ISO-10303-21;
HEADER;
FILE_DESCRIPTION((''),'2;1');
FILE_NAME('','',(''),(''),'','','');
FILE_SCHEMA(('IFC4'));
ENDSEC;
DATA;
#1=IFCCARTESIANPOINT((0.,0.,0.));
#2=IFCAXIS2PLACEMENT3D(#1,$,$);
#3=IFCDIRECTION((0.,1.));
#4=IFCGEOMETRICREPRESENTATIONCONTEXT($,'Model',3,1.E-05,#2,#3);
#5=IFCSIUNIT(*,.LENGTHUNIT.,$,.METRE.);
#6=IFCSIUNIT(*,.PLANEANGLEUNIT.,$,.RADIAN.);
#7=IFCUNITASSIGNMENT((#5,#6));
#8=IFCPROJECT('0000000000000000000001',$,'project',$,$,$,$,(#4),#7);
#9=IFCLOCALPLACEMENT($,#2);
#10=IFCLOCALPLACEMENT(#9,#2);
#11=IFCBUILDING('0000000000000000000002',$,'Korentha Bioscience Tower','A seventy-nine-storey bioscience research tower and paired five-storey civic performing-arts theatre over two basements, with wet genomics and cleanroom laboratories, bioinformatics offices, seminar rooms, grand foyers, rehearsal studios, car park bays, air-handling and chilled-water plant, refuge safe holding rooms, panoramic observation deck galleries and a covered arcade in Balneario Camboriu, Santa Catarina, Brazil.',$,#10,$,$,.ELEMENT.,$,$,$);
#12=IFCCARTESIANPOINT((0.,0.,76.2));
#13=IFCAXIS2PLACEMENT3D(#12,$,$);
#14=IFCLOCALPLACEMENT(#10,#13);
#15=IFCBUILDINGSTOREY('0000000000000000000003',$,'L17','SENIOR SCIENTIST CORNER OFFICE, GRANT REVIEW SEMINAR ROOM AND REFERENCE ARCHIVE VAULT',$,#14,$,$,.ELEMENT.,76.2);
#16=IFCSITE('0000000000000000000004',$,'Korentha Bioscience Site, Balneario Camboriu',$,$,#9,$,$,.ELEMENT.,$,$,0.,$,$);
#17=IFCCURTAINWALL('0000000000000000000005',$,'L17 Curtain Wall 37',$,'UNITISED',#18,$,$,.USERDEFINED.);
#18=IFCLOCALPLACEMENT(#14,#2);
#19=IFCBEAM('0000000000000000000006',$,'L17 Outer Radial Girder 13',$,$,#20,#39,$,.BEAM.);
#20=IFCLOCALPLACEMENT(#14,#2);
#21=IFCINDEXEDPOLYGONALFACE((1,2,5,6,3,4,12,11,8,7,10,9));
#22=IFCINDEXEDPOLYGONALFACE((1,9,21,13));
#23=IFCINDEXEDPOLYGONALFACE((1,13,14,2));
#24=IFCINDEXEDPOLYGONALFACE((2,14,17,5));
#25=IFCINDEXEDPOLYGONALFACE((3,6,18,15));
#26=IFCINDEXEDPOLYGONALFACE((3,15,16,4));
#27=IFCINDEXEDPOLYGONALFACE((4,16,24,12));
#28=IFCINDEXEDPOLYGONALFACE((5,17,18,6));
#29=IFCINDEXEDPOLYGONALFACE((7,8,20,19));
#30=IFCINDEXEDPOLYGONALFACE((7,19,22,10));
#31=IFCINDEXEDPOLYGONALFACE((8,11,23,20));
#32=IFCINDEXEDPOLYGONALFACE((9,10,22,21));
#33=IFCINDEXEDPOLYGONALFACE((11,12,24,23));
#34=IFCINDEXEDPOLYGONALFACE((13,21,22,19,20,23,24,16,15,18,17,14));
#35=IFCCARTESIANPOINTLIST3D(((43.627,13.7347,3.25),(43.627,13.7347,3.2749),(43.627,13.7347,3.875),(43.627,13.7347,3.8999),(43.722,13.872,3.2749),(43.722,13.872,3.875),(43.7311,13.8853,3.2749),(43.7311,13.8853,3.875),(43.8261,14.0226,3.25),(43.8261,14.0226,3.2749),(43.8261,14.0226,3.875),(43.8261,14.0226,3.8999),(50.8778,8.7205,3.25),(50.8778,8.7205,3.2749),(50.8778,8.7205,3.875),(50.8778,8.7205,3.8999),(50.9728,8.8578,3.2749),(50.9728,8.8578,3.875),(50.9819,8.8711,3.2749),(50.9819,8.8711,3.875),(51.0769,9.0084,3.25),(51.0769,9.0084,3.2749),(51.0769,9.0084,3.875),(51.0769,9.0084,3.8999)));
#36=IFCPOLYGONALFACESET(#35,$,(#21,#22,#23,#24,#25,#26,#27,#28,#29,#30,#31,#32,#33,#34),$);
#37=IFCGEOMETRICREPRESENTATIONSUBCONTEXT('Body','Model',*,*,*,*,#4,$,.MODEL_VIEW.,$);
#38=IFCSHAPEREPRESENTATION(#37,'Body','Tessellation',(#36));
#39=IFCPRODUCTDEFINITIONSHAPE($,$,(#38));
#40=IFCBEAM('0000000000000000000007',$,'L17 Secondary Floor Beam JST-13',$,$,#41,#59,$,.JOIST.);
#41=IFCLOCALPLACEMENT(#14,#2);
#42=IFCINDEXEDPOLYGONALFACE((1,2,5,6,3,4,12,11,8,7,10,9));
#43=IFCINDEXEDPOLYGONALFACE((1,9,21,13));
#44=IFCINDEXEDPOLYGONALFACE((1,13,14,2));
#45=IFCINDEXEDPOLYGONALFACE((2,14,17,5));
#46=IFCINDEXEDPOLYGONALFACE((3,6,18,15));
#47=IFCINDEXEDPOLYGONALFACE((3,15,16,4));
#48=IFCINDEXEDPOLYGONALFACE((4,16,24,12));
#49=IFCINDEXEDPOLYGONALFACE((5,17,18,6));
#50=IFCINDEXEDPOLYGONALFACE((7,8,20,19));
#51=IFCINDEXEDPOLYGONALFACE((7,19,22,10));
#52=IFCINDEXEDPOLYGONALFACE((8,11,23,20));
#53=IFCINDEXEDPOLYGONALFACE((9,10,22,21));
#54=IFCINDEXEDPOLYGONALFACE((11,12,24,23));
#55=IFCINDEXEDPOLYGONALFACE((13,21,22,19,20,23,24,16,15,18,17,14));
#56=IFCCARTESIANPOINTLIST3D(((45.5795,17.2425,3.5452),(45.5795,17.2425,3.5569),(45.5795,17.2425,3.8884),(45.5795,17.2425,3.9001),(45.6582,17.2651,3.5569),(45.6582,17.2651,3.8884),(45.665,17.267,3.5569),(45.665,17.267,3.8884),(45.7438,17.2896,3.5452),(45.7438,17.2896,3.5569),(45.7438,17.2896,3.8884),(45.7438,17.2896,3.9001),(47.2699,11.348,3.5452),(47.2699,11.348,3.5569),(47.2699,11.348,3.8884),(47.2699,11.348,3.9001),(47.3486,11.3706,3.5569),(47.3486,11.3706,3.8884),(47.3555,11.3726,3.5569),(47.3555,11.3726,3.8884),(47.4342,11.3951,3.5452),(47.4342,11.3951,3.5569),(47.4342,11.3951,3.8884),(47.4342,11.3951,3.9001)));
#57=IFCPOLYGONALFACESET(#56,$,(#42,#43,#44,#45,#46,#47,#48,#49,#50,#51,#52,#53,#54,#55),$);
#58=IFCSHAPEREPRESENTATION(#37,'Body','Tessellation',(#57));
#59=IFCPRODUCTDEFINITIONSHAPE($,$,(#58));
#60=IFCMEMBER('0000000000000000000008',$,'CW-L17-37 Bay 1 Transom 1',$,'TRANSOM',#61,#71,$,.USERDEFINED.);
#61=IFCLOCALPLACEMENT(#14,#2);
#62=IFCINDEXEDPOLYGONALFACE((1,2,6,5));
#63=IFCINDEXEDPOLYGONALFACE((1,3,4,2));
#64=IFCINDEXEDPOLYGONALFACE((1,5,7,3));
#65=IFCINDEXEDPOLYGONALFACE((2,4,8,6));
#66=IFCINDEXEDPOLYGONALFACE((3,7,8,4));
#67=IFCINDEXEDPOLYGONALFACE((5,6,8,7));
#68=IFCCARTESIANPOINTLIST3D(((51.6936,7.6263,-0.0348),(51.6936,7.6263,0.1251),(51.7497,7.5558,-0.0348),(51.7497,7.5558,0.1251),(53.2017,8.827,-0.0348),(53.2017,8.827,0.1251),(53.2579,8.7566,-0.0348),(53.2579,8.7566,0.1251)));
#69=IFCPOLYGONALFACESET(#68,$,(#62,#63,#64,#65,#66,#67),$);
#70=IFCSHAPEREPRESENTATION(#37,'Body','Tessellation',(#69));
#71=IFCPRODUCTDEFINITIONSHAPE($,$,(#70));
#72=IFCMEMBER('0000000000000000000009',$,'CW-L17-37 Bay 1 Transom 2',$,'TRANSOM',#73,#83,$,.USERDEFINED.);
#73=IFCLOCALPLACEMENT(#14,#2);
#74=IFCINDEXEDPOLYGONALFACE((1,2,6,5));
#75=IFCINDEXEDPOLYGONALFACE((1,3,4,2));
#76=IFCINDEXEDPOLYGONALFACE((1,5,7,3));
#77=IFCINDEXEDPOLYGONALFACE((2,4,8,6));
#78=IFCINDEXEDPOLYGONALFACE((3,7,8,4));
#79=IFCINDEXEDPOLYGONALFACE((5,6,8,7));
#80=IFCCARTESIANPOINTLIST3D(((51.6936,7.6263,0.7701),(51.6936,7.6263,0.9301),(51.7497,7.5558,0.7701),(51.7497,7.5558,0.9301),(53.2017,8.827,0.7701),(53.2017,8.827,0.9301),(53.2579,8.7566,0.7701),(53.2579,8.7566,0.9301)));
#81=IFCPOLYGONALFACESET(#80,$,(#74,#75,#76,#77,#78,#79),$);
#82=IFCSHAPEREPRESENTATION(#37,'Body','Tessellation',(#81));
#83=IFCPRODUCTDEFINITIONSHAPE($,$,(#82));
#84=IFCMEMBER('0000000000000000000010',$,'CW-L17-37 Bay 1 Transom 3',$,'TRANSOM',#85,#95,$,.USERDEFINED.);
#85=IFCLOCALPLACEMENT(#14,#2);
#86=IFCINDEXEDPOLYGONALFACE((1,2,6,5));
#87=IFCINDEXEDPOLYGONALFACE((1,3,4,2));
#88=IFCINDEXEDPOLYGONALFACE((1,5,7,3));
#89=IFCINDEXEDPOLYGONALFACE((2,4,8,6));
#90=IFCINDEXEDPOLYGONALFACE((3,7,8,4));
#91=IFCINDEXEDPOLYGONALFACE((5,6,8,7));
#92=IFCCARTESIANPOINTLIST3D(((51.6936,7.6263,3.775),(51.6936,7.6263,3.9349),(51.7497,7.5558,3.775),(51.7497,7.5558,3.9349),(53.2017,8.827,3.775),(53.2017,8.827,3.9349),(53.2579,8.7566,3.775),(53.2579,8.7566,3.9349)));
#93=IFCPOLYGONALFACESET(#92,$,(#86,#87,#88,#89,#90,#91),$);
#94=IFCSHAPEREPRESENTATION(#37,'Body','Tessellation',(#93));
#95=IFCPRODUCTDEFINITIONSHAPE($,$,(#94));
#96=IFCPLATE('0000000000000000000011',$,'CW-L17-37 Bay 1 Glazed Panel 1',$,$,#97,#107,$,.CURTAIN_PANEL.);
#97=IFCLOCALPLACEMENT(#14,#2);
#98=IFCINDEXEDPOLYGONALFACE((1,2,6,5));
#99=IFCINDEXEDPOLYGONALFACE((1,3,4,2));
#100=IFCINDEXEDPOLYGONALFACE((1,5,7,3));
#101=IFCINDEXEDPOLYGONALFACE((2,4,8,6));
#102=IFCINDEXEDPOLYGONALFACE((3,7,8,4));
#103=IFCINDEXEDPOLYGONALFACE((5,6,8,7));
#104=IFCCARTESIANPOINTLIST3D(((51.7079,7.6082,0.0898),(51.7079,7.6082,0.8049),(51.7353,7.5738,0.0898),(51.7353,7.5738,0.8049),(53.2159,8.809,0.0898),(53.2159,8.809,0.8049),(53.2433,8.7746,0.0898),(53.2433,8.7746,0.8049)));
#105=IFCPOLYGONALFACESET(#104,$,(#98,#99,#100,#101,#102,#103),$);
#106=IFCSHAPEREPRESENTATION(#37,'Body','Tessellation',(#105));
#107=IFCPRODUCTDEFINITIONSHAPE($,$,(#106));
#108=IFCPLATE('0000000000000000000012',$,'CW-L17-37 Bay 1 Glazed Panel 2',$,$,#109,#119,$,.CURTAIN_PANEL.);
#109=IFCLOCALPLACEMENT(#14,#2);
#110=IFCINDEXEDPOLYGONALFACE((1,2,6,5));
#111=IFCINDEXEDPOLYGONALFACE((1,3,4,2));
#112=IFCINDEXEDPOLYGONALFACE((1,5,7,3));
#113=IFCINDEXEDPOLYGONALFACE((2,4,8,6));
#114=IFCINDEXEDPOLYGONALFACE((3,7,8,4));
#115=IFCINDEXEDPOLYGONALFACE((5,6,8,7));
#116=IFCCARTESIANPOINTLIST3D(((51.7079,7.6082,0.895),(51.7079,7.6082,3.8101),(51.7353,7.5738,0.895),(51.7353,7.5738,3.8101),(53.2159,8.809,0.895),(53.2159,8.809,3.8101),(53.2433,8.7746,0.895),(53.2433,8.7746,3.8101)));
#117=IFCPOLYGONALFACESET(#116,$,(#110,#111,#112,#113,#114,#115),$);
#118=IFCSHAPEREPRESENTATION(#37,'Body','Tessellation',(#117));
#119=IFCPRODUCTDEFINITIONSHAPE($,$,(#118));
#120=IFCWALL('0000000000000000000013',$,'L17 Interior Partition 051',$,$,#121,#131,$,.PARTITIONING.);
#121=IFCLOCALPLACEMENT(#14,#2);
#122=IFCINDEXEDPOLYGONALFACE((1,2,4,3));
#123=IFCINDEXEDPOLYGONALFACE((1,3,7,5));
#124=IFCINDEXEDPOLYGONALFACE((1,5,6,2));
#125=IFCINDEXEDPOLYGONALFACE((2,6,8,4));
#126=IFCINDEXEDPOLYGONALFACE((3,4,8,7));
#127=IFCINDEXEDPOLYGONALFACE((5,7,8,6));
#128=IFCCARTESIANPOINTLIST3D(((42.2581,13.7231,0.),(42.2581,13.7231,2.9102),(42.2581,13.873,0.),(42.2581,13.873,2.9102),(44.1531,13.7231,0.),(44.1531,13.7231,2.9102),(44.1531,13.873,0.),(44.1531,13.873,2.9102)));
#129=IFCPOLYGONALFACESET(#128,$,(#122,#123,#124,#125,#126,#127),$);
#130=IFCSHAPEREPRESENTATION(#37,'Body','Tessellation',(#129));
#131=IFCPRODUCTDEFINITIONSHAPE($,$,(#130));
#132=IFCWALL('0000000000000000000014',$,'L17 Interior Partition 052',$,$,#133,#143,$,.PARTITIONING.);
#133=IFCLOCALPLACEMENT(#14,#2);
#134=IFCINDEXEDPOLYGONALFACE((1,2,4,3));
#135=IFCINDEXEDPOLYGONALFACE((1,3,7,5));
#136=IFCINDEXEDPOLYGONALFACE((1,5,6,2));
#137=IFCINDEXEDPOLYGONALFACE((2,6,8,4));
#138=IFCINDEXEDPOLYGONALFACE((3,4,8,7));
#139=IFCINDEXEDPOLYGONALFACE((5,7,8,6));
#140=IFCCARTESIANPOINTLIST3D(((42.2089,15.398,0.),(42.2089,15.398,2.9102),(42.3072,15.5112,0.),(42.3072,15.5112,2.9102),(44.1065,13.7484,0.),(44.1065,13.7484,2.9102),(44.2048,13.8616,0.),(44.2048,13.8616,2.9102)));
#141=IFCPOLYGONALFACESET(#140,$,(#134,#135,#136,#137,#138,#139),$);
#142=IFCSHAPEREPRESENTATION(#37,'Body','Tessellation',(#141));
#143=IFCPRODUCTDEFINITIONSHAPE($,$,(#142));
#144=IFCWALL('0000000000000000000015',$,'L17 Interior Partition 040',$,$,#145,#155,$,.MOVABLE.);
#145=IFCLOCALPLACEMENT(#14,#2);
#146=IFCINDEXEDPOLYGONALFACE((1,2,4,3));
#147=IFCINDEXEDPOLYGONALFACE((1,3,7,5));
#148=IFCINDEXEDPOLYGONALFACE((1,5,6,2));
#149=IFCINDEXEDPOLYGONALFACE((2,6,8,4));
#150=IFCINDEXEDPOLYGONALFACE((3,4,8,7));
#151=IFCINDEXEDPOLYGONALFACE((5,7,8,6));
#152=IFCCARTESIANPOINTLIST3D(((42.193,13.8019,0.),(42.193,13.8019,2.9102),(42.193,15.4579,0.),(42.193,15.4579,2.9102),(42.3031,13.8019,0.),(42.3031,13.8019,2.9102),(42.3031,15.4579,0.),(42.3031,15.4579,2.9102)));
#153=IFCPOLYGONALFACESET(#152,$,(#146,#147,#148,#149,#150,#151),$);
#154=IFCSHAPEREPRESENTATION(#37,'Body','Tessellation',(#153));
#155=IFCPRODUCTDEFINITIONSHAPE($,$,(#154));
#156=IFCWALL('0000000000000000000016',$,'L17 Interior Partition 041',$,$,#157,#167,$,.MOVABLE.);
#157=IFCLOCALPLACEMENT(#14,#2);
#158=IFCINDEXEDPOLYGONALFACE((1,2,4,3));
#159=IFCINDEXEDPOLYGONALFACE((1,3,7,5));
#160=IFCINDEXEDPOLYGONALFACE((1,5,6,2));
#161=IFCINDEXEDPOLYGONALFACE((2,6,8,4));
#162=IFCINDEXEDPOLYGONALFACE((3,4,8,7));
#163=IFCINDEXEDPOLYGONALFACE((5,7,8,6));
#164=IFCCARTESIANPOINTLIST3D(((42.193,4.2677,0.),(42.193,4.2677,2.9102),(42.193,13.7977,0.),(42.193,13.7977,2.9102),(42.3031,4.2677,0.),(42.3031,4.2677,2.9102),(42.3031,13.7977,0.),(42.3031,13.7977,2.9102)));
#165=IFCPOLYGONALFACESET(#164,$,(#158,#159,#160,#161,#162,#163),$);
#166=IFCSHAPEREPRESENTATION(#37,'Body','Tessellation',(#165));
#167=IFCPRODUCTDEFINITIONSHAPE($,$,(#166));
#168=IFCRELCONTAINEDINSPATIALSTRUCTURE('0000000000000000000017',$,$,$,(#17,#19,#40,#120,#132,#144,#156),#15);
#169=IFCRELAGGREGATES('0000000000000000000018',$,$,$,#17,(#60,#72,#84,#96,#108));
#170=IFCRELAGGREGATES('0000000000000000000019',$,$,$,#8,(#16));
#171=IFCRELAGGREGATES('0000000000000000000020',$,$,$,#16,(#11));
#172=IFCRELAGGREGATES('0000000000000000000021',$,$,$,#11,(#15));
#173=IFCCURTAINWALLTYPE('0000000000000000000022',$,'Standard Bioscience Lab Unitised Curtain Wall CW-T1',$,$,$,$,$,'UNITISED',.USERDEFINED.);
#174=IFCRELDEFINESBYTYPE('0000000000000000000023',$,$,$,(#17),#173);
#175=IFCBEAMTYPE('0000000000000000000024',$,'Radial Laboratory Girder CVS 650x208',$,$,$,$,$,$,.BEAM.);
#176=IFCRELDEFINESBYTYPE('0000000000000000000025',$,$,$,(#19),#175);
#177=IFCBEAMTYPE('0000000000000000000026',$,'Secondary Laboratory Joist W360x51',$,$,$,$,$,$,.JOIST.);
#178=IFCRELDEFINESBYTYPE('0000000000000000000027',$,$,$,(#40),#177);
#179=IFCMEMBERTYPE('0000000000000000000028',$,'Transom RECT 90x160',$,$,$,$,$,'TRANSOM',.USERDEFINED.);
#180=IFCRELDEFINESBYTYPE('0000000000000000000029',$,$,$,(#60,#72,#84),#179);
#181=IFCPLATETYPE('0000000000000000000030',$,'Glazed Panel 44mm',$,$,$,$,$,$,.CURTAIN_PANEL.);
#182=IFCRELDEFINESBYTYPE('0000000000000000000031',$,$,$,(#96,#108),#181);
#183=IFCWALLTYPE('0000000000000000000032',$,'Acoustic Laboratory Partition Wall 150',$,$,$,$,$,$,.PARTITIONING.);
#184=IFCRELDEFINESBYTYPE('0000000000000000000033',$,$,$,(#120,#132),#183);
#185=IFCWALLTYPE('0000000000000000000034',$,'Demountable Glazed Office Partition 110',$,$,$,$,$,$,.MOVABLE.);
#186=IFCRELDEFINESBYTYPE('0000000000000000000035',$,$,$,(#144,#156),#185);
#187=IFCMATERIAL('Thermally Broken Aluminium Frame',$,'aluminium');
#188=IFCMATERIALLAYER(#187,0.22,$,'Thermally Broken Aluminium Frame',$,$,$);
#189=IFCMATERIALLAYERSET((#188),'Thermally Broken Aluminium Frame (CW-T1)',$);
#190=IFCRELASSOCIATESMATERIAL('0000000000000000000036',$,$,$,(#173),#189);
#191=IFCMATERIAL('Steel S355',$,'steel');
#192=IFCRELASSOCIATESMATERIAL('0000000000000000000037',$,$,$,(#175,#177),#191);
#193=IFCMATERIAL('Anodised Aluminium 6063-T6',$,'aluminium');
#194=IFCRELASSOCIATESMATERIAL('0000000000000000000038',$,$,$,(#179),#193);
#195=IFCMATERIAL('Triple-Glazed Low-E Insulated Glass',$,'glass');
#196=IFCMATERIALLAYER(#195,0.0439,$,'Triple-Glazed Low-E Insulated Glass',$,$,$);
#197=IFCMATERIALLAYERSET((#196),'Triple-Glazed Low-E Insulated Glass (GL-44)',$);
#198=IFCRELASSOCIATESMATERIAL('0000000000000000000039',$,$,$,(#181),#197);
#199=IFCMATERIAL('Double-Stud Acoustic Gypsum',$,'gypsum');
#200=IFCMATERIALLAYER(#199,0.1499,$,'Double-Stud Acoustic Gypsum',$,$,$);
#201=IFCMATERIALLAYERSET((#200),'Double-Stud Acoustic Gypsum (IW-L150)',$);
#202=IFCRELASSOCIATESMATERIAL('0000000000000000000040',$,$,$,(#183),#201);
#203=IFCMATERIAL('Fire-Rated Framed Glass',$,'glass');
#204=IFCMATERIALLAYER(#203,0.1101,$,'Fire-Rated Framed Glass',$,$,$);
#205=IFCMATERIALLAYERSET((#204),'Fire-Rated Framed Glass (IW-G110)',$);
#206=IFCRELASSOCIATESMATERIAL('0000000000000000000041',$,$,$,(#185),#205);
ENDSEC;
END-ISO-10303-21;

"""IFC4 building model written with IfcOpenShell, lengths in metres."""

from ifc_helpers import new_model, si_unit, direction, frame, frame_2d, origin, origin_2d, place, context, subcontext, project, spatial, rectangle, i_section, extrude, material, layer, layer_set, material_profile, profile_set, type_object, element, aggregate, save


model = new_model("IFC4")

# Units and contexts
model_context = context("Model", 3, precision=1e-05, world=origin(), true_north=direction((0.0, 1.0)))
body_context = subcontext(model_context, "Body", "Model", "MODEL_VIEW")
ifc_project = project(units=[si_unit("LENGTHUNIT", "METRE"), si_unit("PLANEANGLEUNIT", "RADIAN")], contexts=[model_context])

# Site, building, storey
site_placement = place(None, origin())
site = spatial("IfcSite", under=ifc_project, at=site_placement, Name="Korentha Bioscience Site, Balneario Camboriu", CompositionType="ELEMENT", RefElevation=0.0)
building_placement = place(site_placement, origin())
building = spatial("IfcBuilding", under=site, at=building_placement, Name="Korentha Bioscience Tower", Description="A seventy-nine-storey bioscience research tower and paired five-storey civic performing-arts theatre over two basements, with wet genomics and cleanroom laboratories, bioinformatics offices, seminar rooms, grand foyers, rehearsal studios, car park bays, air-handling and chilled-water plant, refuge safe holding rooms, panoramic observation deck galleries and a covered arcade in Balneario Camboriu, Santa Catarina, Brazil.", CompositionType="ELEMENT")
storey_placement = place(building_placement, frame((0.0, 0.0, 76.2)))
storey = spatial("IfcBuildingStorey", under=building, at=storey_placement, Name="L17", Description="SENIOR SCIENTIST CORNER OFFICE, GRANT REVIEW SEMINAR ROOM AND REFERENCE ARCHIVE VAULT", CompositionType="ELEMENT", Elevation=76.2)

# Shared definitions
ifc_material_1 = material(Name="Steel S355", Category="steel")

# Curtain wall
ifc_material_2 = material(Name="Thermally Broken Aluminium Frame", Category="aluminium")
ifc_layer_1 = layer(ifc_material_2, 0.22, Name="Thermally Broken Aluminium Frame")
ifc_layer_set_1 = layer_set([ifc_layer_1], Name="Thermally Broken Aluminium Frame (CW-T1)")
curtain_wall_type = type_object("IfcCurtainWallType", Name="Standard Bioscience Lab Unitised Curtain Wall CW-T1", ElementType="UNITISED", PredefinedType="USERDEFINED", material=ifc_layer_set_1)
curtain_wall_placement = place(storey_placement, origin())
curtain_wall = element("IfcCurtainWall", 1, at=curtain_wall_placement, inside=storey, type_object=curtain_wall_type, Name="L17 Curtain Wall 37", ObjectType="UNITISED", PredefinedType="USERDEFINED")
ifc_material_3 = material(Name="Anodised Aluminium 6063-T6", Category="aluminium")

# Beams
ifc_material_profile_1 = material_profile(ifc_material_1, i_section(OverallWidth=0.3501, OverallDepth=0.6499, WebThickness=0.0161, FlangeThickness=0.0249, at=origin_2d()), Name="Steel S355")
ifc_profile_set_1 = profile_set([ifc_material_profile_1], Name="Steel S355 (RB-650)")
beam_type_1 = type_object("IfcBeamType", Name="Radial Laboratory Girder CVS 650x208", PredefinedType="BEAM", material=ifc_profile_set_1)
beam_1_placement = place(storey_placement, frame((43.7266, 13.8787, 3.575), z_axis=(0.822488, -0.568782, 0.0), x_axis=(0.568782, 0.822488, 0.0)))
element("IfcBeam", 2, at=beam_1_placement, inside=storey, type_object=beam_type_1, Name="L17 Outer Radial Girder 13", PredefinedType="BEAM", context=body_context, shape_type="SweptSolid", body=[
    extrude(i_section(OverallWidth=0.3501, OverallDepth=0.6499, WebThickness=0.0161, FlangeThickness=0.0249, at=origin_2d()), origin(), (0.0, 0.0, 1.0), 8.8157),
])
ifc_material_profile_2 = material_profile(ifc_material_1, i_section(OverallWidth=0.1709, OverallDepth=0.355, WebThickness=0.0071, FlangeThickness=0.0117, at=origin_2d()), Name="Steel S355")
ifc_profile_set_2 = profile_set([ifc_material_profile_2], Name="Steel S355 (JB-360)")
beam_type_2 = type_object("IfcBeamType", Name="Secondary Laboratory Joist W360x51", PredefinedType="JOIST", material=ifc_profile_set_2)
beam_2_placement = place(storey_placement, frame((47.3521, 11.3716, 3.7227), z_axis=(-0.275668, 0.961253, 0.0), x_axis=(-0.961253, -0.275668, 0.0)))
element("IfcBeam", 3, at=beam_2_placement, inside=storey, type_object=beam_type_2, Name="L17 Secondary Floor Beam JST-13", PredefinedType="JOIST", context=body_context, shape_type="SweptSolid", body=[
    extrude(i_section(OverallWidth=0.1709, OverallDepth=0.355, WebThickness=0.0071, FlangeThickness=0.0117, at=origin_2d()), origin(), (0.0, 0.0, 1.0), 6.1321),
])

# Members
ifc_material_profile_3 = material_profile(ifc_material_3, rectangle(XDim=0.0901, YDim=0.1599, at=origin_2d()), Name="Anodised Aluminium 6063-T6")
ifc_profile_set_3 = profile_set([ifc_material_profile_3], Name="Anodised Aluminium 6063-T6 (CW-TRN)")
member_type_1 = type_object("IfcMemberType", Name="Transom RECT 90x160", ElementType="TRANSOM", PredefinedType="USERDEFINED", material=ifc_profile_set_3)
member_1_placement = place(storey_placement, frame((51.7217, 7.5911, 0.0452), z_axis=(0.782325, 0.622871, 0.0), x_axis=(-0.622871, 0.782325, 0.0)))
member_1 = element("IfcMember", 4, at=member_1_placement, type_object=member_type_1, Name="CW-L17-37 Bay 1 Transom 1", ObjectType="TRANSOM", PredefinedType="USERDEFINED", context=body_context, shape_type="SweptSolid", body=[
    extrude(rectangle(XDim=0.0901, YDim=0.1599, at=origin_2d()), origin(), (0.0, 0.0, 1.0), 1.9277),
])
member_2_placement = place(storey_placement, frame((51.7217, 7.5911, 0.8501), z_axis=(0.782325, 0.622871, 0.0), x_axis=(-0.622871, 0.782325, 0.0)))
member_2 = element("IfcMember", 5, at=member_2_placement, type_object=member_type_1, Name="CW-L17-37 Bay 1 Transom 2", ObjectType="TRANSOM", PredefinedType="USERDEFINED", context=body_context, shape_type="SweptSolid", body=[
    extrude(rectangle(XDim=0.0901, YDim=0.1599, at=origin_2d()), origin(), (0.0, 0.0, 1.0), 1.9277),
])
member_3_placement = place(storey_placement, frame((51.7217, 7.5911, 3.855), z_axis=(0.782325, 0.622871, 0.0), x_axis=(-0.622871, 0.782325, 0.0)))
member_3 = element("IfcMember", 6, at=member_3_placement, type_object=member_type_1, Name="CW-L17-37 Bay 1 Transom 3", ObjectType="TRANSOM", PredefinedType="USERDEFINED", context=body_context, shape_type="SweptSolid", body=[
    extrude(rectangle(XDim=0.0901, YDim=0.1599, at=origin_2d()), origin(), (0.0, 0.0, 1.0), 1.9277),
])

# Plates
ifc_material_4 = material(Name="Triple-Glazed Low-E Insulated Glass", Category="glass")
ifc_layer_2 = layer(ifc_material_4, 0.0439, Name="Triple-Glazed Low-E Insulated Glass")
ifc_layer_set_2 = layer_set([ifc_layer_2], Name="Triple-Glazed Low-E Insulated Glass (GL-44)")
plate_type = type_object("IfcPlateType", Name="Glazed Panel 44mm", PredefinedType="CURTAIN_PANEL", material=ifc_layer_set_2)
plate_1_placement = place(storey_placement, frame((52.4756, 8.1914, 0.0898), z_axis=(0.0, 0.0, 1.0), x_axis=(0.782288, 0.622917, 0.0)))
plate_1 = element("IfcPlate", 7, at=plate_1_placement, type_object=plate_type, Name="CW-L17-37 Bay 1 Glazed Panel 1", PredefinedType="CURTAIN_PANEL", context=body_context, shape_type="SweptSolid", body=[
    extrude(rectangle(XDim=1.9277, YDim=0.0439, at=origin_2d()), origin(), (0.0, 0.0, 1.0), 0.7151),
])
plate_2_placement = place(storey_placement, frame((52.4756, 8.1914, 0.895), z_axis=(0.0, 0.0, 1.0), x_axis=(0.782288, 0.622917, 0.0)))
plate_2 = element("IfcPlate", 8, at=plate_2_placement, type_object=plate_type, Name="CW-L17-37 Bay 1 Glazed Panel 2", PredefinedType="CURTAIN_PANEL", context=body_context, shape_type="SweptSolid", body=[
    extrude(rectangle(XDim=1.9277, YDim=0.0439, at=origin_2d()), origin(), (0.0, 0.0, 1.0), 2.915),
])
aggregate(curtain_wall, [member_1, member_2, member_3, plate_1, plate_2])

# Walls
ifc_material_5 = material(Name="Double-Stud Acoustic Gypsum", Category="gypsum")
ifc_layer_3 = layer(ifc_material_5, 0.1499, Name="Double-Stud Acoustic Gypsum")
ifc_layer_set_3 = layer_set([ifc_layer_3], Name="Double-Stud Acoustic Gypsum (IW-L150)")
wall_type_1 = type_object("IfcWallType", Name="Acoustic Laboratory Partition Wall 150", PredefinedType="PARTITIONING", material=ifc_layer_set_3)
wall_1_placement = place(storey_placement, frame((42.2581, 13.7981, 0.0), z_axis=(0.0, 0.0, 1.0), x_axis=(1.0, 0.0, 0.0)))
element("IfcWall", 9, at=wall_1_placement, inside=storey, type_object=wall_type_1, Name="L17 Interior Partition 051", PredefinedType="PARTITIONING", context=body_context, shape_type="SweptSolid", body=[
    extrude(rectangle(XDim=1.895, YDim=0.1499, at=frame_2d((0.9475, 0.0))), origin(), (0.0, 0.0, 1.0), 2.9102),
])
wall_2_placement = place(storey_placement, frame((44.1558, 13.8049, 0.0), z_axis=(0.0, 0.0, 1.0), x_axis=(-0.754708, 0.656061, 0.0)))
element("IfcWall", 10, at=wall_2_placement, inside=storey, type_object=wall_type_1, Name="L17 Interior Partition 052", PredefinedType="PARTITIONING", context=body_context, shape_type="SweptSolid", body=[
    extrude(rectangle(XDim=2.5144, YDim=0.1499, at=frame_2d((1.2573, 0.0))), origin(), (0.0, 0.0, 1.0), 2.9102),
])
ifc_material_6 = material(Name="Fire-Rated Framed Glass", Category="glass")
ifc_layer_4 = layer(ifc_material_6, 0.1101, Name="Fire-Rated Framed Glass")
ifc_layer_set_4 = layer_set([ifc_layer_4], Name="Fire-Rated Framed Glass (IW-G110)")
wall_type_2 = type_object("IfcWallType", Name="Demountable Glazed Office Partition 110", PredefinedType="MOVABLE", material=ifc_layer_set_4)
wall_3_placement = place(storey_placement, frame((42.248, 15.458, 0.0), z_axis=(0.0, 0.0, 1.0), x_axis=(0.0, -1.0, 0.0)))
element("IfcWall", 11, at=wall_3_placement, inside=storey, type_object=wall_type_2, Name="L17 Interior Partition 040", PredefinedType="MOVABLE", context=body_context, shape_type="SweptSolid", body=[
    extrude(rectangle(XDim=1.656, YDim=0.1101, at=frame_2d((0.8281, 0.0))), origin(), (0.0, 0.0, 1.0), 2.9102),
])
wall_4_placement = place(storey_placement, frame((42.248, 13.7979, 0.0), z_axis=(0.0, 0.0, 1.0), x_axis=(0.0, -1.0, 0.0)))
element("IfcWall", 12, at=wall_4_placement, inside=storey, type_object=wall_type_2, Name="L17 Interior Partition 041", PredefinedType="MOVABLE", context=body_context, shape_type="SweptSolid", body=[
    extrude(rectangle(XDim=9.53, YDim=0.1101, at=frame_2d((4.7651, 0.0))), origin(), (0.0, 0.0, 1.0), 2.9102),
])

save(model, "model.ifc")
